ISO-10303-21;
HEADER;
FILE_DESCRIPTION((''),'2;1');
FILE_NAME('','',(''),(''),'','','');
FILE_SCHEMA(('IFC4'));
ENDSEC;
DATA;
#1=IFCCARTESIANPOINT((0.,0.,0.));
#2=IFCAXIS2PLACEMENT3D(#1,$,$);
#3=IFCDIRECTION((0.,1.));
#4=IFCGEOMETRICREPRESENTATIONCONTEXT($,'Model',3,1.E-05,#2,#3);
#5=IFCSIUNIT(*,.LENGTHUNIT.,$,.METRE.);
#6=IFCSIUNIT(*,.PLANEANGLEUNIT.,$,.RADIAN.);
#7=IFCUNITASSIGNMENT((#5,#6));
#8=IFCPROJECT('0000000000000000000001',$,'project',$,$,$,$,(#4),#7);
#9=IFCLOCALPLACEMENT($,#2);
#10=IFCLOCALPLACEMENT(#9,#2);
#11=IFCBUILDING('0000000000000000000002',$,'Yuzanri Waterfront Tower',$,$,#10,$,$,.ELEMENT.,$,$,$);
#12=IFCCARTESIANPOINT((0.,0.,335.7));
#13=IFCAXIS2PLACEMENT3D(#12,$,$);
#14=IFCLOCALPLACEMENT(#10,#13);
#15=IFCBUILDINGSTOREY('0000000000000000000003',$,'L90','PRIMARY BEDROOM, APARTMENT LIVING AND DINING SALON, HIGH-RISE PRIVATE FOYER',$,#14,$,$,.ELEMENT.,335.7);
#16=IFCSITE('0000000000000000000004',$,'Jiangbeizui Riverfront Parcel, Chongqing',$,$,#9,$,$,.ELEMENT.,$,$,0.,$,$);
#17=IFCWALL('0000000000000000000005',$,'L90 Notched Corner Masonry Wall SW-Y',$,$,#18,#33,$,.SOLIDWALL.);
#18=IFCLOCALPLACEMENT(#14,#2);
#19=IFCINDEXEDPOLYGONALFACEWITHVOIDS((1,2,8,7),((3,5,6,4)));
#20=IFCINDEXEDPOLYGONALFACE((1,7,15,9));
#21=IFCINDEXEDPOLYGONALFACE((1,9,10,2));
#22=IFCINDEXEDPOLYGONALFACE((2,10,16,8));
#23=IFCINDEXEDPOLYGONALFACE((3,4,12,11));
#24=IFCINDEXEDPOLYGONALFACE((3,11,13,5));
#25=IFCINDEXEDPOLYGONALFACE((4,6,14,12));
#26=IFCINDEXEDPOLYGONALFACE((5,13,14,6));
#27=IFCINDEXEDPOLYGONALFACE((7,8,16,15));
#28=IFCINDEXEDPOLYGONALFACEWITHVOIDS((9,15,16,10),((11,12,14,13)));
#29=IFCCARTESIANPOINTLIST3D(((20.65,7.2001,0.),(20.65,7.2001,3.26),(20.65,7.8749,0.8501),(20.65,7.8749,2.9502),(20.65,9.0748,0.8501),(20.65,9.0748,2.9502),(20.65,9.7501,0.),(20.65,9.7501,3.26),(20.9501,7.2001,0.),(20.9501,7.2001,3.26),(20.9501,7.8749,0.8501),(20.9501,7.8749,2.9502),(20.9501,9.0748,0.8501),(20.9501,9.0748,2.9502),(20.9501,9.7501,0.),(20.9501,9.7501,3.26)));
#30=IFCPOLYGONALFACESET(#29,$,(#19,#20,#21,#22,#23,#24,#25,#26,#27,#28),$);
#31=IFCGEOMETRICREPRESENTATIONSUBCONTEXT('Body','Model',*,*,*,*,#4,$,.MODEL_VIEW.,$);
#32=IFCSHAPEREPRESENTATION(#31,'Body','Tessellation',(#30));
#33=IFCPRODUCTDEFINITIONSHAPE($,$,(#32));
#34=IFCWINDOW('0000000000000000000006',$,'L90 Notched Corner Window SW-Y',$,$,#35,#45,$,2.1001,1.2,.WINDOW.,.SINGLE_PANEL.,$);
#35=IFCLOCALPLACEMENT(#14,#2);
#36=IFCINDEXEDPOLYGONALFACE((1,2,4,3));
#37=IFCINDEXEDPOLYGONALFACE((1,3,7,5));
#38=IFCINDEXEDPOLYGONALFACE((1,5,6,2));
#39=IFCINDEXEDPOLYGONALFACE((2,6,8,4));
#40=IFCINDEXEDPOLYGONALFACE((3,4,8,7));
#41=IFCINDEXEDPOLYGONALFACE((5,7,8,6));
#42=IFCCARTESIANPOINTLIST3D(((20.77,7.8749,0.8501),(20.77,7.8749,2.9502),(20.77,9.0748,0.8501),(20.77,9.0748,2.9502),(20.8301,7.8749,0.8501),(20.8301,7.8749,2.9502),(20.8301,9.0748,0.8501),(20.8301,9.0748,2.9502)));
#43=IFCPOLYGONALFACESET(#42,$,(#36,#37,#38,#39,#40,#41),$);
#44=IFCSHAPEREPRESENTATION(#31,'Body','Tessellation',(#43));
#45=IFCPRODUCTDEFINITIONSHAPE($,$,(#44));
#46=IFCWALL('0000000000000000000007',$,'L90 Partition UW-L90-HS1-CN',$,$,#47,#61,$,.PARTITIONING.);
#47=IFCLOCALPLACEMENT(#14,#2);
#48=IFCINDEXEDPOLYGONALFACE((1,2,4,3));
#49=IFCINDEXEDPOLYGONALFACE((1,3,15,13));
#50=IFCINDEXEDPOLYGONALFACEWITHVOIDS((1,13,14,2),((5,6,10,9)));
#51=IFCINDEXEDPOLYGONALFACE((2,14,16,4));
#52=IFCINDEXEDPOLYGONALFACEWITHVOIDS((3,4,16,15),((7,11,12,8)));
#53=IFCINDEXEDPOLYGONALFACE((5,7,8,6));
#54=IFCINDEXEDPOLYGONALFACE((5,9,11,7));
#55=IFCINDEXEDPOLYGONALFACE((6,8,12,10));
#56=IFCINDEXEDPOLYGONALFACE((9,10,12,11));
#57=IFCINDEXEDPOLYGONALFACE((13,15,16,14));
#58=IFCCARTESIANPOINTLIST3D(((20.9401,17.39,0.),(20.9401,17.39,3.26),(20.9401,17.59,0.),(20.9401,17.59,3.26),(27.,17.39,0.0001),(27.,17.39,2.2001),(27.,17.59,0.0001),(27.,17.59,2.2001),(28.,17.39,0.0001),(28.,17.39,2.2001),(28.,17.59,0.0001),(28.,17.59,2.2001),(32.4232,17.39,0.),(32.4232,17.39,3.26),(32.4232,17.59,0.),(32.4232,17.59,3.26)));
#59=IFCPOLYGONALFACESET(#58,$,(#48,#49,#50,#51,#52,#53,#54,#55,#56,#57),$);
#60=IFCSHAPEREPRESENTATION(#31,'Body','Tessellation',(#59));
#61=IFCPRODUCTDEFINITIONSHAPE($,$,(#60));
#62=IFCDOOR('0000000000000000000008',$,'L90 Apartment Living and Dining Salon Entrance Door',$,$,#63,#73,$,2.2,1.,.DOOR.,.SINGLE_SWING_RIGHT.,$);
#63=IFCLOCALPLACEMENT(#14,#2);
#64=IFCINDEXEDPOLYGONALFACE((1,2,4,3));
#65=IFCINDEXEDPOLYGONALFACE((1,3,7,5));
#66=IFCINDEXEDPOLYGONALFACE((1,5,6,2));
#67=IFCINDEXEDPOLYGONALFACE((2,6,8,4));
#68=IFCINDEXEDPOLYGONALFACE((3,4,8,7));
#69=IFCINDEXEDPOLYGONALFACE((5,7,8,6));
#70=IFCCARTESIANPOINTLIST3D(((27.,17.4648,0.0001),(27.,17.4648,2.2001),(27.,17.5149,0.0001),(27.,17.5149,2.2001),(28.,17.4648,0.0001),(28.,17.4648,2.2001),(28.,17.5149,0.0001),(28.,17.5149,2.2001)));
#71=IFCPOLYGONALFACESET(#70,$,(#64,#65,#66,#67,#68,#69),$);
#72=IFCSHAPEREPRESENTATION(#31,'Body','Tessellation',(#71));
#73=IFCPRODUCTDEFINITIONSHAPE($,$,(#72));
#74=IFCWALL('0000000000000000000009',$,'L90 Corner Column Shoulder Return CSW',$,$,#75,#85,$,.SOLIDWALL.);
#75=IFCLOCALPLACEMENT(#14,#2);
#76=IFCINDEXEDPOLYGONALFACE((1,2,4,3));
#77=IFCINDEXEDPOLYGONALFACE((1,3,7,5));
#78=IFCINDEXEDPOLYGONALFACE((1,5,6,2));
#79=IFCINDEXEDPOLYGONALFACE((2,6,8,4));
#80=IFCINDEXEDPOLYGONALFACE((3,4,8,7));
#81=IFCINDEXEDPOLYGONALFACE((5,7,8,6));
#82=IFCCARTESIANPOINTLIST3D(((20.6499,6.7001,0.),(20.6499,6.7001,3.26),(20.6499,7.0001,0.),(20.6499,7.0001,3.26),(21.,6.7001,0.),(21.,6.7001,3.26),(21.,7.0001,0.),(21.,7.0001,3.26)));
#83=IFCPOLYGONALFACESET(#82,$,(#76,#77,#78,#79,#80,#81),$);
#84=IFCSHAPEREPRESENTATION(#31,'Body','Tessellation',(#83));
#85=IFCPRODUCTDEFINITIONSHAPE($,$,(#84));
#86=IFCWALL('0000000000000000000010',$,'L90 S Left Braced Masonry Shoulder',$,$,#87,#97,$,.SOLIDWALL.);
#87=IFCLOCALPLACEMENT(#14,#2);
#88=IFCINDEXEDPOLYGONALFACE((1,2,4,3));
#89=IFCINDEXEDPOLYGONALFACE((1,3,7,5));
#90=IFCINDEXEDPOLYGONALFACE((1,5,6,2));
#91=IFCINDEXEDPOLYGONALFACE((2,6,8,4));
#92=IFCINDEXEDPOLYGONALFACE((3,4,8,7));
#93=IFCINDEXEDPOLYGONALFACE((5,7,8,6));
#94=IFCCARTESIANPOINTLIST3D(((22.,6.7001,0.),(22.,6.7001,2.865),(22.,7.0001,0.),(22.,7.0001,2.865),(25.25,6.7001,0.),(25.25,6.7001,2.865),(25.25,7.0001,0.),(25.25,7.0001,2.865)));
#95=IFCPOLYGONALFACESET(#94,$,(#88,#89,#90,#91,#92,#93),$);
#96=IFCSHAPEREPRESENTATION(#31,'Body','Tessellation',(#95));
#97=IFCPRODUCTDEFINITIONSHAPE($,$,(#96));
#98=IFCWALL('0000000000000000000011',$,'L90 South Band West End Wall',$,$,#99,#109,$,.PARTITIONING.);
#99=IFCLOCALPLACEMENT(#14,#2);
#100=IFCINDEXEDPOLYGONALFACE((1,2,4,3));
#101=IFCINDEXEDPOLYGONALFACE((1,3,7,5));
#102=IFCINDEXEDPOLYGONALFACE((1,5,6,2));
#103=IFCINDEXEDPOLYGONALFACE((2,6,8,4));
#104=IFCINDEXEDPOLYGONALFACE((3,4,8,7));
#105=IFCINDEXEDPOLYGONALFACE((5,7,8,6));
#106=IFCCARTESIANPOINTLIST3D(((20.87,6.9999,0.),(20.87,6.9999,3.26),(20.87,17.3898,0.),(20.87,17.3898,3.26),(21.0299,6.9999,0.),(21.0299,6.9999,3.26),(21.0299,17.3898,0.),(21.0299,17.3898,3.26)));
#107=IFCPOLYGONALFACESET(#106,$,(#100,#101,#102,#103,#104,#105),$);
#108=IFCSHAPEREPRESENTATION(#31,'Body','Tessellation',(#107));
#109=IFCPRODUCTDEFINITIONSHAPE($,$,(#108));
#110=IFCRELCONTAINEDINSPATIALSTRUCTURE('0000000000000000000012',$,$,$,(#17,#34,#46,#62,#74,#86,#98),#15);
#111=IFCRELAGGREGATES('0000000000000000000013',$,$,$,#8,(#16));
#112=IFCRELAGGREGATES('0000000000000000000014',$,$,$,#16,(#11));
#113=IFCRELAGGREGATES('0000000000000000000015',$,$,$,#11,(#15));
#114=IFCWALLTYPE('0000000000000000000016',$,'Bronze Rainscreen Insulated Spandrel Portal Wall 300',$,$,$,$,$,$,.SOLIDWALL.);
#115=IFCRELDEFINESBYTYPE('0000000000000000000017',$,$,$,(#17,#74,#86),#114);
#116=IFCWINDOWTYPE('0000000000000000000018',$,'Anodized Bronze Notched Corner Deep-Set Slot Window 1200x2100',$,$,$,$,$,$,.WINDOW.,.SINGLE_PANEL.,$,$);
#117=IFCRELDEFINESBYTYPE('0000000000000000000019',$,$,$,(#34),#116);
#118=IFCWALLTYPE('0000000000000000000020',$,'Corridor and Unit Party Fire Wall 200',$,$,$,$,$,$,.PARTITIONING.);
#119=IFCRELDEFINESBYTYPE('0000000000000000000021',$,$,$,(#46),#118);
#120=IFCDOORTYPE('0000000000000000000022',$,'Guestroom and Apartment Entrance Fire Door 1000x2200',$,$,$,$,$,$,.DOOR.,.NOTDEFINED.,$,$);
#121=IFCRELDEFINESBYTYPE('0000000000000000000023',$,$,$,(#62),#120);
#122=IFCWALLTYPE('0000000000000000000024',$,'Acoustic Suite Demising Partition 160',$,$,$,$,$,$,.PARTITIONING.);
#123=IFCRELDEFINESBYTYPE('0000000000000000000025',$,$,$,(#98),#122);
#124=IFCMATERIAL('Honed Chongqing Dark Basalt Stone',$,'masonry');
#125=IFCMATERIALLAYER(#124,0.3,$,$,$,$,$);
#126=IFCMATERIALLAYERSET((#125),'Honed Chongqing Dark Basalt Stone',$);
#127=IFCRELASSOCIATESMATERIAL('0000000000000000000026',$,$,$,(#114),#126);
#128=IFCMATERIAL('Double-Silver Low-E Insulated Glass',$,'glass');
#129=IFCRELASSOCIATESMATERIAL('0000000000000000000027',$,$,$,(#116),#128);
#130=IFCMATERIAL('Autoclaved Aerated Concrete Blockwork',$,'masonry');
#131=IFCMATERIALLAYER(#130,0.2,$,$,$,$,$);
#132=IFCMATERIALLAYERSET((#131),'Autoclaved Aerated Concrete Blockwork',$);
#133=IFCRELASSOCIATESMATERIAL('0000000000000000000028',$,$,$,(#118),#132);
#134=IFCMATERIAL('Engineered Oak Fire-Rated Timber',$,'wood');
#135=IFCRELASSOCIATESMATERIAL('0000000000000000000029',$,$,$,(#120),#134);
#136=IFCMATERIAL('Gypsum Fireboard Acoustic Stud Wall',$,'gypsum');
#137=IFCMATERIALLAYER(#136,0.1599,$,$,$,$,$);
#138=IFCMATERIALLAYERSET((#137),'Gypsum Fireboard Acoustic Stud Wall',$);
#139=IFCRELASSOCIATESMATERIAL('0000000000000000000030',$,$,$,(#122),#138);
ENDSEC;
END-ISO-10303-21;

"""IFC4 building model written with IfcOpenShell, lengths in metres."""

from ifc_helpers import new_model, si_unit, direction, frame, frame_2d, origin, place, context, subcontext, project, spatial, rectangle, extrude, source, transform, mapped, material, layer, layer_set, type_object, element, fill, save


model = new_model("IFC4")

# Units and contexts
model_context = context("Model", 3, precision=1e-05, world=origin(), true_north=direction((0.0, 1.0)))
body_context = subcontext(model_context, "Body", "Model", "MODEL_VIEW")
ifc_project = project(units=[si_unit("LENGTHUNIT", "METRE"), si_unit("PLANEANGLEUNIT", "RADIAN")], contexts=[model_context])

# Site, building, storey
site_placement = place(None, origin())
site = spatial("IfcSite", under=ifc_project, at=site_placement, Name="Jiangbeizui Riverfront Parcel, Chongqing", CompositionType="ELEMENT", RefElevation=0.0)
building_placement = place(site_placement, origin())
building = spatial("IfcBuilding", under=site, at=building_placement, Name="Yuzanri Waterfront Tower", CompositionType="ELEMENT")
storey_placement = place(building_placement, frame((0.0, 0.0, 335.7)))
storey = spatial("IfcBuildingStorey", under=building, at=storey_placement, Name="L90", Description="PRIMARY BEDROOM, APARTMENT LIVING AND DINING SALON, HIGH-RISE PRIVATE FOYER", CompositionType="ELEMENT", Elevation=335.7)

# Wall, opening, window
ifc_material_1 = material(Name="Honed Chongqing Dark Basalt Stone", Category="masonry")
ifc_layer_1 = layer(ifc_material_1, 0.3)
ifc_layer_set_1 = layer_set([ifc_layer_1], Name="Honed Chongqing Dark Basalt Stone")
wall_type_1 = type_object("IfcWallType", Name="Bronze Rainscreen Insulated Spandrel Portal Wall 300", PredefinedType="SOLIDWALL", material=ifc_layer_set_1)
wall_1_placement = place(storey_placement, frame((20.8, 9.75, 0.0), z_axis=(0.0, 0.0, 1.0), x_axis=(0.0, -1.0, 0.0)))
wall_1 = element("IfcWall", 1, at=wall_1_placement, inside=storey, type_object=wall_type_1, Name="L90 Notched Corner Masonry Wall SW-Y", PredefinedType="SOLIDWALL", context=body_context, shape_type="SweptSolid", body=[
    extrude(rectangle(XDim=2.55, YDim=0.3, at=frame_2d((1.2749, 0.0))), origin(), (0.0, 0.0, 1.0), 3.26),
])
opening_1_placement = place(wall_1_placement, frame((0.675, 0.0, 0.8501)))
opening_1 = element("IfcOpeningElement", 2, at=opening_1_placement, cuts=wall_1, PredefinedType="OPENING", context=body_context, shape_type="SweptSolid", body=[
    extrude(rectangle(XDim=1.2, YDim=2.1001, at=frame_2d((0.6001, 1.05))), frame((0.0, 0.165, 0.0), z_axis=(0.0, -1.0, 0.0), x_axis=(1.0, 0.0, 0.0)), (0.0, 0.0, 1.0), 0.3298),
])
ifc_material_2 = material(Name="Double-Silver Low-E Insulated Glass", Category="glass")
window_type_1 = type_object("IfcWindowType", Name="Anodized Bronze Notched Corner Deep-Set Slot Window 1200x2100", PartitioningType="SINGLE_PANEL", PredefinedType="WINDOW", material=ifc_material_2)
shared_shape_1 = source(origin(), body_context, "Body", "SweptSolid", [
    extrude(rectangle(XDim=1.2, YDim=2.1001, at=frame_2d((0.6001, 1.05))), frame((0.0, 0.03, 0.0), z_axis=(0.0, -1.0, 0.0), x_axis=(1.0, 0.0, 0.0)), (0.0, 0.0, 1.0), 0.0601),
])
window_1_placement = place(opening_1_placement, origin())
window_1 = element("IfcWindow", 3, at=window_1_placement, inside=storey, type_object=window_type_1, Name="L90 Notched Corner Window SW-Y", OverallHeight=2.1001, OverallWidth=1.2, PartitioningType="SINGLE_PANEL", PredefinedType="WINDOW", context=body_context, shape_type="MappedRepresentation", body=[
    mapped(shared_shape_1, transform((0.0, 0.0, 0.0), scale=1.0)),
])
fill(opening_1, window_1)

# Wall, opening, door
ifc_material_3 = material(Name="Autoclaved Aerated Concrete Blockwork", Category="masonry")
ifc_layer_2 = layer(ifc_material_3, 0.2)
ifc_layer_set_2 = layer_set([ifc_layer_2], Name="Autoclaved Aerated Concrete Blockwork")
wall_type_2 = type_object("IfcWallType", Name="Corridor and Unit Party Fire Wall 200", PredefinedType="PARTITIONING", material=ifc_layer_set_2)
wall_2_placement = place(storey_placement, frame((20.9399, 17.49, 0.0), z_axis=(0.0, 0.0, 1.0), x_axis=(1.0, 0.0, 0.0)))
wall_2 = element("IfcWall", 4, at=wall_2_placement, inside=storey, type_object=wall_type_2, Name="L90 Partition UW-L90-HS1-CN", PredefinedType="PARTITIONING", context=body_context, shape_type="SweptSolid", body=[
    extrude(rectangle(XDim=11.4832, YDim=0.2, at=frame_2d((5.7417, 0.0))), origin(), (0.0, 0.0, 1.0), 3.26),
])
opening_2_placement = place(wall_2_placement, frame((6.0601, 0.0, 0.0)))
opening_2 = element("IfcOpeningElement", 5, at=opening_2_placement, cuts=wall_2, PredefinedType="OPENING", context=body_context, shape_type="SweptSolid", body=[
    extrude(rectangle(XDim=1.0, YDim=2.2, at=frame_2d((0.5, 1.1001))), frame((0.0, 0.1147, 0.0), z_axis=(0.0, -1.0, 0.0), x_axis=(1.0, 0.0, 0.0)), (0.0, 0.0, 1.0), 0.2297),
])
ifc_material_4 = material(Name="Engineered Oak Fire-Rated Timber", Category="wood")
door_type_1 = type_object("IfcDoorType", Name="Guestroom and Apartment Entrance Fire Door 1000x2200", OperationType="NOTDEFINED", PredefinedType="DOOR", material=ifc_material_4)
shared_shape_2 = source(origin(), body_context, "Body", "SweptSolid", [
    extrude(rectangle(XDim=1.0, YDim=2.2, at=frame_2d((0.5, 1.1001))), frame((0.0, 0.0249, 0.0), z_axis=(0.0, -1.0, 0.0), x_axis=(1.0, 0.0, 0.0)), (0.0, 0.0, 1.0), 0.05),
])
door_1_placement = place(opening_2_placement, origin())
door_1 = element("IfcDoor", 6, at=door_1_placement, inside=storey, type_object=door_type_1, Name="L90 Apartment Living and Dining Salon Entrance Door", OperationType="SINGLE_SWING_RIGHT", OverallHeight=2.2, OverallWidth=1.0, PredefinedType="DOOR", context=body_context, shape_type="MappedRepresentation", body=[
    mapped(shared_shape_2, transform((0.0, 0.0, 0.0), scale=1.0)),
])
fill(opening_2, door_1)

# Walls
shared_shape_3 = source(origin(), body_context, "Body", "SweptSolid", [
    extrude(rectangle(XDim=0.3501, YDim=0.3, at=frame_2d((0.175, 0.0))), origin(), (0.0, 0.0, 1.0), 3.26),
])
wall_3_placement = place(storey_placement, frame((20.6499, 6.8501, 0.0), z_axis=(0.0, 0.0, 1.0), x_axis=(1.0, 0.0, 0.0)))
element("IfcWall", 7, at=wall_3_placement, inside=storey, type_object=wall_type_1, Name="L90 Corner Column Shoulder Return CSW", PredefinedType="SOLIDWALL", context=body_context, shape_type="MappedRepresentation", body=[
    mapped(shared_shape_3, transform((0.0, 0.0, 0.0), scale=1.0)),
])
shared_shape_4 = source(origin(), body_context, "Body", "SweptSolid", [
    extrude(rectangle(XDim=3.25, YDim=0.3, at=frame_2d((1.625, 0.0))), origin(), (0.0, 0.0, 1.0), 2.865),
])
wall_4_placement = place(storey_placement, frame((22.0, 6.8501, 0.0), z_axis=(0.0, 0.0, 1.0), x_axis=(1.0, 0.0, 0.0)))
element("IfcWall", 8, at=wall_4_placement, inside=storey, type_object=wall_type_1, Name="L90 S Left Braced Masonry Shoulder", PredefinedType="SOLIDWALL", context=body_context, shape_type="MappedRepresentation", body=[
    mapped(shared_shape_4, transform((0.0, 0.0, 0.0), scale=1.0)),
])
ifc_material_5 = material(Name="Gypsum Fireboard Acoustic Stud Wall", Category="gypsum")
ifc_layer_3 = layer(ifc_material_5, 0.1599)
ifc_layer_set_3 = layer_set([ifc_layer_3], Name="Gypsum Fireboard Acoustic Stud Wall")
wall_type_3 = type_object("IfcWallType", Name="Acoustic Suite Demising Partition 160", PredefinedType="PARTITIONING", material=ifc_layer_set_3)
shared_shape_5 = source(origin(), body_context, "Body", "SweptSolid", [
    extrude(rectangle(XDim=10.3899, YDim=0.1599, at=frame_2d((5.1948, 0.0))), origin(), (0.0, 0.0, 1.0), 3.26),
])
wall_5_placement = place(storey_placement, frame((20.95, 7.0, 0.0), z_axis=(0.0, 0.0, 1.0), x_axis=(0.0, 1.0, 0.0)))
element("IfcWall", 9, at=wall_5_placement, inside=storey, type_object=wall_type_3, Name="L90 South Band West End Wall", PredefinedType="PARTITIONING", context=body_context, shape_type="MappedRepresentation", body=[
    mapped(shared_shape_5, transform((0.0, 0.0, 0.0), scale=1.0)),
])

save(model, "model.ifc")
